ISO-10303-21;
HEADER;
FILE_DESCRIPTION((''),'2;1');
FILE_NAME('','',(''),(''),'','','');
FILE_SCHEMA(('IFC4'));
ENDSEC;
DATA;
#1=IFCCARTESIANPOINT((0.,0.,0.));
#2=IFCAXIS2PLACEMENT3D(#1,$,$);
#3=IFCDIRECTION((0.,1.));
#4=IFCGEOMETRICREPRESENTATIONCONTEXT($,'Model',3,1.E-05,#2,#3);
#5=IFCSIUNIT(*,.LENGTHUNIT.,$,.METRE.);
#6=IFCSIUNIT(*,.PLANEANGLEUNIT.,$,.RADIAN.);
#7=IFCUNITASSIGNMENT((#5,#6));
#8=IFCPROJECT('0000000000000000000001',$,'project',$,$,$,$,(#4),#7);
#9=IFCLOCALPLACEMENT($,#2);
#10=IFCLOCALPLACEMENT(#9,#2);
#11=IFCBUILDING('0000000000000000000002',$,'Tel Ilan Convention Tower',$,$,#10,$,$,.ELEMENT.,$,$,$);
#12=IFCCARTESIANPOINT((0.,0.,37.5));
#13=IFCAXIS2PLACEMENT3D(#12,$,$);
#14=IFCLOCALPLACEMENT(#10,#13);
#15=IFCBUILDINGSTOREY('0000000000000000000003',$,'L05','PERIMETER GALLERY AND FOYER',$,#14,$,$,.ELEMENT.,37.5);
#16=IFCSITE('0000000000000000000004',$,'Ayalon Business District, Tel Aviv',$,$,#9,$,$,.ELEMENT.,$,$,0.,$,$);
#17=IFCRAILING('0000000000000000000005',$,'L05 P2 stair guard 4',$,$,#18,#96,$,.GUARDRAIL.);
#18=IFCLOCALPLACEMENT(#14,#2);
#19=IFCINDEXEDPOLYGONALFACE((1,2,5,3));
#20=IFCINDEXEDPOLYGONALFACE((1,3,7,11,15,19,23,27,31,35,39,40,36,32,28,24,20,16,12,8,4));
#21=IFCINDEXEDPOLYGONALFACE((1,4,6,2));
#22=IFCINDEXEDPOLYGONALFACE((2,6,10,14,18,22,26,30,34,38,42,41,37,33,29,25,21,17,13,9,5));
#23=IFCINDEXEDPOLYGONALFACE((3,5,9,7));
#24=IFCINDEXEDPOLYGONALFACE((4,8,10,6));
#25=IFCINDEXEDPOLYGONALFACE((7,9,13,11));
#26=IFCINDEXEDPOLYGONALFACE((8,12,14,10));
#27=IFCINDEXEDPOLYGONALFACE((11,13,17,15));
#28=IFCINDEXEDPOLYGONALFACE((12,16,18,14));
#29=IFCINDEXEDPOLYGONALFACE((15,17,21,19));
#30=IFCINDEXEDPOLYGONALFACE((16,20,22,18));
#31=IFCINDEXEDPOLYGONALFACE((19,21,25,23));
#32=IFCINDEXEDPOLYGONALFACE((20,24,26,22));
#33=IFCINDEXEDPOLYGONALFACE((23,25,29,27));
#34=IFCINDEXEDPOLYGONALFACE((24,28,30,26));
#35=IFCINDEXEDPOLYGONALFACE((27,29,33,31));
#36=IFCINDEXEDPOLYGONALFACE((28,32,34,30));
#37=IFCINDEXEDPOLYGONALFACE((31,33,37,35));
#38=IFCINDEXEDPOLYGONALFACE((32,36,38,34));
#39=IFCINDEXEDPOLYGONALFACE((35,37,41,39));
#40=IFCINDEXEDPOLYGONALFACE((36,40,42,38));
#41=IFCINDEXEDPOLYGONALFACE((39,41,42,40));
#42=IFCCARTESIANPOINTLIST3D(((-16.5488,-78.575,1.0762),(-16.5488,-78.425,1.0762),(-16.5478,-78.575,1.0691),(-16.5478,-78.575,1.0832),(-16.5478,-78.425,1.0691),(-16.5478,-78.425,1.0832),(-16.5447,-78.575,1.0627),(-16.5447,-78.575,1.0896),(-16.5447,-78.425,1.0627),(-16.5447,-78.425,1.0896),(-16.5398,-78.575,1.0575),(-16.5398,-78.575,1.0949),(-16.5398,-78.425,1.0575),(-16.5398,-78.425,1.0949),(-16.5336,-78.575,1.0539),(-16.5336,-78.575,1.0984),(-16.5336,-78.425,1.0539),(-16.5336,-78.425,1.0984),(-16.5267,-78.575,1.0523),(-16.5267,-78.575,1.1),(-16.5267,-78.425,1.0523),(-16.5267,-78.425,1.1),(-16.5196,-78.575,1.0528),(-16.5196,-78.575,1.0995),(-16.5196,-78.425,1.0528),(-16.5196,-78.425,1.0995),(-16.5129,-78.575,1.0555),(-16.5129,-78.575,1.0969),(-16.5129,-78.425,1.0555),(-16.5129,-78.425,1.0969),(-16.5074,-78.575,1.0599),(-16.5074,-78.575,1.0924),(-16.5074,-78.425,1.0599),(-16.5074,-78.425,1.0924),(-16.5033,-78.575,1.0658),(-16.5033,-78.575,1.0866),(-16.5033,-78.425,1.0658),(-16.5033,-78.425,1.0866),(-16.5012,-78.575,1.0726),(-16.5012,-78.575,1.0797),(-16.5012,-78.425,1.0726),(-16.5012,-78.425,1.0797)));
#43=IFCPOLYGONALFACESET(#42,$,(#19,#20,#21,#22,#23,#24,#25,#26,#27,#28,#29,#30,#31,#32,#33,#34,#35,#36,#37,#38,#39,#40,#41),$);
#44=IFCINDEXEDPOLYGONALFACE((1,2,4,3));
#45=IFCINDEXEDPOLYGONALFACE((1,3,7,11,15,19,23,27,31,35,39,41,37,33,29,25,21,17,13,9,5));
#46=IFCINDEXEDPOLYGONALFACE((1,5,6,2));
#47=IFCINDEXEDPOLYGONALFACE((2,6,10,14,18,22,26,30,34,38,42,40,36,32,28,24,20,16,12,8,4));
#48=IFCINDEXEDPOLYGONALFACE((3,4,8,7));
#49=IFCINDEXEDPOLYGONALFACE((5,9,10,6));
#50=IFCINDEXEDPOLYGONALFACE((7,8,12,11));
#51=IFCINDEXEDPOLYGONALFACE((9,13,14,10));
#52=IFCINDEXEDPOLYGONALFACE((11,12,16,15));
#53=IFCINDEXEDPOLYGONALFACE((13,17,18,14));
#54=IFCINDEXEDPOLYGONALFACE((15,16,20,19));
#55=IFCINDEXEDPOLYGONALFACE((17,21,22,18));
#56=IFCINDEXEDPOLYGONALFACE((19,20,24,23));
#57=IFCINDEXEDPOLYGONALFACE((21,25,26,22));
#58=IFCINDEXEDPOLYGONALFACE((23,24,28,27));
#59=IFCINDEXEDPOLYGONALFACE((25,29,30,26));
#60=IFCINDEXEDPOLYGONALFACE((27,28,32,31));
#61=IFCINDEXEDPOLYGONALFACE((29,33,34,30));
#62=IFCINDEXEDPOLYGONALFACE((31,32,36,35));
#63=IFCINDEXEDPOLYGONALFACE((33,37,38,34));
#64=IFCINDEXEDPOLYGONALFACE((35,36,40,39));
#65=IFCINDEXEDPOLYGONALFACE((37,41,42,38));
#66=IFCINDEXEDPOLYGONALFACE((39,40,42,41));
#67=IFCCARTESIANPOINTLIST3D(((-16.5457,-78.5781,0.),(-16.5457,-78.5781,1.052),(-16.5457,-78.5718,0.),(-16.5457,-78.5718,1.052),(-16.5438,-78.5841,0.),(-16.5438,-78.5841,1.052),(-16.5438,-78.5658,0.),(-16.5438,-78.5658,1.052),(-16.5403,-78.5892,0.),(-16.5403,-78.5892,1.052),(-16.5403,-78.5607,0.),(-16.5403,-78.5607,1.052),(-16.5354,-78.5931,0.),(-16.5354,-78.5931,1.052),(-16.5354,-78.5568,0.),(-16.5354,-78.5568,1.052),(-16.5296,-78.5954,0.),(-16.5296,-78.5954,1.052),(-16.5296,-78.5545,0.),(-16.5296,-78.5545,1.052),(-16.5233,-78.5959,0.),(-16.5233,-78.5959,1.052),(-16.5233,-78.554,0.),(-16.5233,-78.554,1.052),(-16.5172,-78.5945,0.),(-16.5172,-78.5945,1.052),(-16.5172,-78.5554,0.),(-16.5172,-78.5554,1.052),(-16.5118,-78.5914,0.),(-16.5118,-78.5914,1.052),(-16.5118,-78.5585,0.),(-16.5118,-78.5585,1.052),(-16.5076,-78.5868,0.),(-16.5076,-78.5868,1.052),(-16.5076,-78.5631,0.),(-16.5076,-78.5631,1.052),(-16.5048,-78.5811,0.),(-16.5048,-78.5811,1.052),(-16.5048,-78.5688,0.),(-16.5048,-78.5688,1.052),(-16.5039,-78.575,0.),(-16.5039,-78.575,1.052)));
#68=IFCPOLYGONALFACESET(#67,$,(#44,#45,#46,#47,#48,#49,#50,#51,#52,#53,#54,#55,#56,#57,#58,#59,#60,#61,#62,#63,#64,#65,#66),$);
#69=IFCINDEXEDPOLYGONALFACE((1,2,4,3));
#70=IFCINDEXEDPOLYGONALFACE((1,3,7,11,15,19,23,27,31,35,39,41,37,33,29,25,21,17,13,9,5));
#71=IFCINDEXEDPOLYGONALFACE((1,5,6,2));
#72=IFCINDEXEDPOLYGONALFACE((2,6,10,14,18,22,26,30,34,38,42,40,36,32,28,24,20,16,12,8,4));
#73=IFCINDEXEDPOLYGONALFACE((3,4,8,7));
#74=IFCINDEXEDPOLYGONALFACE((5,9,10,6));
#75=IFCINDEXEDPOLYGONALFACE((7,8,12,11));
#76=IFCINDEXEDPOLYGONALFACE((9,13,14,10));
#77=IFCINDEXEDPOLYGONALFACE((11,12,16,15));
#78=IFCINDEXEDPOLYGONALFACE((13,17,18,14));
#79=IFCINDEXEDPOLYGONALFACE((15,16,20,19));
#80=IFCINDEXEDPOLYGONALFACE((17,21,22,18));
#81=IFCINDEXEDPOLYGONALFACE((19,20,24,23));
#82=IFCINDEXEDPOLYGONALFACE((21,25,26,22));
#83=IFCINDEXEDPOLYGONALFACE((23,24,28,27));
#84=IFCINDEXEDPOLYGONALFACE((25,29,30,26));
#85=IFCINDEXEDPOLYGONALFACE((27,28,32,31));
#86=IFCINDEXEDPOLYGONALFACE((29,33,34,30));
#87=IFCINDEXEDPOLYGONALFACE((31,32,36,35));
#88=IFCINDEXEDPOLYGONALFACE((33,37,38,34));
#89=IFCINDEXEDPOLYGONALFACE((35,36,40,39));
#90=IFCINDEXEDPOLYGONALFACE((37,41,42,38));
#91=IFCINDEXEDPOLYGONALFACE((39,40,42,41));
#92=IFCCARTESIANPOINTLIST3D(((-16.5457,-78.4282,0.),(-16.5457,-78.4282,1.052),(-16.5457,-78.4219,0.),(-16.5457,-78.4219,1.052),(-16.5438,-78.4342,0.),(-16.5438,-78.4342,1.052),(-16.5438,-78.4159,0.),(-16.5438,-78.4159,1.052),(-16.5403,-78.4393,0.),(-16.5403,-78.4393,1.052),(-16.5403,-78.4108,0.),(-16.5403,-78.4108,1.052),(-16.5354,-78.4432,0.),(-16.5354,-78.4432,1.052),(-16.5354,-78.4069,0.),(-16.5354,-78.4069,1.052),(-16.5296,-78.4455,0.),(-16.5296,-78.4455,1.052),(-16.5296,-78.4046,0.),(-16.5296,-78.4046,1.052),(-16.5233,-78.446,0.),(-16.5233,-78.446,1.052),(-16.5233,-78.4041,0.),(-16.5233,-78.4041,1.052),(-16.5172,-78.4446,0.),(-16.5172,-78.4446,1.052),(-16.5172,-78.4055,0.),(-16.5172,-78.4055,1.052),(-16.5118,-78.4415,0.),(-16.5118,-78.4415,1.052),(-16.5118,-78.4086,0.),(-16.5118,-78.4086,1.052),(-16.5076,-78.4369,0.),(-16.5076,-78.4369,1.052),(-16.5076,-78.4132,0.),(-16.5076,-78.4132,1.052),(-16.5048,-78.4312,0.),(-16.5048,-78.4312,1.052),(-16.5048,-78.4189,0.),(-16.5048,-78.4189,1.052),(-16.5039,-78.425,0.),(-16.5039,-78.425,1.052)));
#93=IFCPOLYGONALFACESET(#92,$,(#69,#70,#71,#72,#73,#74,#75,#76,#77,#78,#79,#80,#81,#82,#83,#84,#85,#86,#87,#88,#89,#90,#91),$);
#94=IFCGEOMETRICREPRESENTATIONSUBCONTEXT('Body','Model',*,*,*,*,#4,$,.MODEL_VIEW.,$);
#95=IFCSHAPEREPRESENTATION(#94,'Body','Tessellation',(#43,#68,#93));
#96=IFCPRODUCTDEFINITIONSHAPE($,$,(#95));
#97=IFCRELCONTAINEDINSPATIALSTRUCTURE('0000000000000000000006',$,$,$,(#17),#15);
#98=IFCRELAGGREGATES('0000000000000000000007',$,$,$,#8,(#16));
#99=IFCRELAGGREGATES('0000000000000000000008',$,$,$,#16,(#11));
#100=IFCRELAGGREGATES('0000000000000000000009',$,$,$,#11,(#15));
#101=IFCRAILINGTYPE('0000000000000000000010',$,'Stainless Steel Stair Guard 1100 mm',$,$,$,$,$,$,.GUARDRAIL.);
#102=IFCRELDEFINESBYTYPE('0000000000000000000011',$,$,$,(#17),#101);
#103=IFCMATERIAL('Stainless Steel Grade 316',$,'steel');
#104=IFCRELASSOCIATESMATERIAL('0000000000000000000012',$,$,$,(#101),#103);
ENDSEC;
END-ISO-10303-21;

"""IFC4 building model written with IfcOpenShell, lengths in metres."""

from ifc_helpers import new_model, si_unit, direction, frame, origin, origin_2d, place, context, subcontext, project, spatial, circle, extrude, material, type_object, element, save


model = new_model("IFC4")

# Units and contexts
model_context = context("Model", 3, precision=1e-05, world=origin(), true_north=direction((0.0, 1.0)))
body_context = subcontext(model_context, "Body", "Model", "MODEL_VIEW")
ifc_project = project(units=[si_unit("LENGTHUNIT", "METRE"), si_unit("PLANEANGLEUNIT", "RADIAN")], contexts=[model_context])

# Site, building, storey
site_placement = place(None, origin())
site = spatial("IfcSite", under=ifc_project, at=site_placement, Name="Ayalon Business District, Tel Aviv", CompositionType="ELEMENT", RefElevation=0.0)
building_placement = place(site_placement, origin())
building = spatial("IfcBuilding", under=site, at=building_placement, Name="Tel Ilan Convention Tower", CompositionType="ELEMENT")
storey_placement = place(building_placement, frame((0.0, 0.0, 37.5)))
storey = spatial("IfcBuildingStorey", under=building, at=storey_placement, Name="L05", Description="PERIMETER GALLERY AND FOYER", CompositionType="ELEMENT", Elevation=37.5)

# Railing
ifc_material_1 = material(Name="Stainless Steel Grade 316", Category="steel")
railing_type_1 = type_object("IfcRailingType", Name="Stainless Steel Stair Guard 1100 mm", PredefinedType="GUARDRAIL", material=ifc_material_1)
railing_1_placement = place(storey_placement, frame((-16.5249, -78.575, 0.0)))
element("IfcRailing", 1, at=railing_1_placement, inside=storey, type_object=railing_type_1, Name="L05 P2 stair guard 4", PredefinedType="GUARDRAIL", context=body_context, shape_type="SweptSolid", body=[
    extrude(circle(Radius=0.0239, at=origin_2d()), frame((0.0, 0.0, 1.0762), z_axis=(0.0, 1.0, 0.0), x_axis=(-1.0, 0.0, 0.0)), (0.0, 0.0, 1.0), 0.1499),
    extrude(circle(Radius=0.021, at=origin_2d()), origin(), (0.0, 0.0, 1.0), 1.052),
    extrude(circle(Radius=0.021, at=origin_2d()), frame((0.0, 0.1499, 0.0)), (0.0, 0.0, 1.0), 1.052),
])

save(model, "model.ifc")
